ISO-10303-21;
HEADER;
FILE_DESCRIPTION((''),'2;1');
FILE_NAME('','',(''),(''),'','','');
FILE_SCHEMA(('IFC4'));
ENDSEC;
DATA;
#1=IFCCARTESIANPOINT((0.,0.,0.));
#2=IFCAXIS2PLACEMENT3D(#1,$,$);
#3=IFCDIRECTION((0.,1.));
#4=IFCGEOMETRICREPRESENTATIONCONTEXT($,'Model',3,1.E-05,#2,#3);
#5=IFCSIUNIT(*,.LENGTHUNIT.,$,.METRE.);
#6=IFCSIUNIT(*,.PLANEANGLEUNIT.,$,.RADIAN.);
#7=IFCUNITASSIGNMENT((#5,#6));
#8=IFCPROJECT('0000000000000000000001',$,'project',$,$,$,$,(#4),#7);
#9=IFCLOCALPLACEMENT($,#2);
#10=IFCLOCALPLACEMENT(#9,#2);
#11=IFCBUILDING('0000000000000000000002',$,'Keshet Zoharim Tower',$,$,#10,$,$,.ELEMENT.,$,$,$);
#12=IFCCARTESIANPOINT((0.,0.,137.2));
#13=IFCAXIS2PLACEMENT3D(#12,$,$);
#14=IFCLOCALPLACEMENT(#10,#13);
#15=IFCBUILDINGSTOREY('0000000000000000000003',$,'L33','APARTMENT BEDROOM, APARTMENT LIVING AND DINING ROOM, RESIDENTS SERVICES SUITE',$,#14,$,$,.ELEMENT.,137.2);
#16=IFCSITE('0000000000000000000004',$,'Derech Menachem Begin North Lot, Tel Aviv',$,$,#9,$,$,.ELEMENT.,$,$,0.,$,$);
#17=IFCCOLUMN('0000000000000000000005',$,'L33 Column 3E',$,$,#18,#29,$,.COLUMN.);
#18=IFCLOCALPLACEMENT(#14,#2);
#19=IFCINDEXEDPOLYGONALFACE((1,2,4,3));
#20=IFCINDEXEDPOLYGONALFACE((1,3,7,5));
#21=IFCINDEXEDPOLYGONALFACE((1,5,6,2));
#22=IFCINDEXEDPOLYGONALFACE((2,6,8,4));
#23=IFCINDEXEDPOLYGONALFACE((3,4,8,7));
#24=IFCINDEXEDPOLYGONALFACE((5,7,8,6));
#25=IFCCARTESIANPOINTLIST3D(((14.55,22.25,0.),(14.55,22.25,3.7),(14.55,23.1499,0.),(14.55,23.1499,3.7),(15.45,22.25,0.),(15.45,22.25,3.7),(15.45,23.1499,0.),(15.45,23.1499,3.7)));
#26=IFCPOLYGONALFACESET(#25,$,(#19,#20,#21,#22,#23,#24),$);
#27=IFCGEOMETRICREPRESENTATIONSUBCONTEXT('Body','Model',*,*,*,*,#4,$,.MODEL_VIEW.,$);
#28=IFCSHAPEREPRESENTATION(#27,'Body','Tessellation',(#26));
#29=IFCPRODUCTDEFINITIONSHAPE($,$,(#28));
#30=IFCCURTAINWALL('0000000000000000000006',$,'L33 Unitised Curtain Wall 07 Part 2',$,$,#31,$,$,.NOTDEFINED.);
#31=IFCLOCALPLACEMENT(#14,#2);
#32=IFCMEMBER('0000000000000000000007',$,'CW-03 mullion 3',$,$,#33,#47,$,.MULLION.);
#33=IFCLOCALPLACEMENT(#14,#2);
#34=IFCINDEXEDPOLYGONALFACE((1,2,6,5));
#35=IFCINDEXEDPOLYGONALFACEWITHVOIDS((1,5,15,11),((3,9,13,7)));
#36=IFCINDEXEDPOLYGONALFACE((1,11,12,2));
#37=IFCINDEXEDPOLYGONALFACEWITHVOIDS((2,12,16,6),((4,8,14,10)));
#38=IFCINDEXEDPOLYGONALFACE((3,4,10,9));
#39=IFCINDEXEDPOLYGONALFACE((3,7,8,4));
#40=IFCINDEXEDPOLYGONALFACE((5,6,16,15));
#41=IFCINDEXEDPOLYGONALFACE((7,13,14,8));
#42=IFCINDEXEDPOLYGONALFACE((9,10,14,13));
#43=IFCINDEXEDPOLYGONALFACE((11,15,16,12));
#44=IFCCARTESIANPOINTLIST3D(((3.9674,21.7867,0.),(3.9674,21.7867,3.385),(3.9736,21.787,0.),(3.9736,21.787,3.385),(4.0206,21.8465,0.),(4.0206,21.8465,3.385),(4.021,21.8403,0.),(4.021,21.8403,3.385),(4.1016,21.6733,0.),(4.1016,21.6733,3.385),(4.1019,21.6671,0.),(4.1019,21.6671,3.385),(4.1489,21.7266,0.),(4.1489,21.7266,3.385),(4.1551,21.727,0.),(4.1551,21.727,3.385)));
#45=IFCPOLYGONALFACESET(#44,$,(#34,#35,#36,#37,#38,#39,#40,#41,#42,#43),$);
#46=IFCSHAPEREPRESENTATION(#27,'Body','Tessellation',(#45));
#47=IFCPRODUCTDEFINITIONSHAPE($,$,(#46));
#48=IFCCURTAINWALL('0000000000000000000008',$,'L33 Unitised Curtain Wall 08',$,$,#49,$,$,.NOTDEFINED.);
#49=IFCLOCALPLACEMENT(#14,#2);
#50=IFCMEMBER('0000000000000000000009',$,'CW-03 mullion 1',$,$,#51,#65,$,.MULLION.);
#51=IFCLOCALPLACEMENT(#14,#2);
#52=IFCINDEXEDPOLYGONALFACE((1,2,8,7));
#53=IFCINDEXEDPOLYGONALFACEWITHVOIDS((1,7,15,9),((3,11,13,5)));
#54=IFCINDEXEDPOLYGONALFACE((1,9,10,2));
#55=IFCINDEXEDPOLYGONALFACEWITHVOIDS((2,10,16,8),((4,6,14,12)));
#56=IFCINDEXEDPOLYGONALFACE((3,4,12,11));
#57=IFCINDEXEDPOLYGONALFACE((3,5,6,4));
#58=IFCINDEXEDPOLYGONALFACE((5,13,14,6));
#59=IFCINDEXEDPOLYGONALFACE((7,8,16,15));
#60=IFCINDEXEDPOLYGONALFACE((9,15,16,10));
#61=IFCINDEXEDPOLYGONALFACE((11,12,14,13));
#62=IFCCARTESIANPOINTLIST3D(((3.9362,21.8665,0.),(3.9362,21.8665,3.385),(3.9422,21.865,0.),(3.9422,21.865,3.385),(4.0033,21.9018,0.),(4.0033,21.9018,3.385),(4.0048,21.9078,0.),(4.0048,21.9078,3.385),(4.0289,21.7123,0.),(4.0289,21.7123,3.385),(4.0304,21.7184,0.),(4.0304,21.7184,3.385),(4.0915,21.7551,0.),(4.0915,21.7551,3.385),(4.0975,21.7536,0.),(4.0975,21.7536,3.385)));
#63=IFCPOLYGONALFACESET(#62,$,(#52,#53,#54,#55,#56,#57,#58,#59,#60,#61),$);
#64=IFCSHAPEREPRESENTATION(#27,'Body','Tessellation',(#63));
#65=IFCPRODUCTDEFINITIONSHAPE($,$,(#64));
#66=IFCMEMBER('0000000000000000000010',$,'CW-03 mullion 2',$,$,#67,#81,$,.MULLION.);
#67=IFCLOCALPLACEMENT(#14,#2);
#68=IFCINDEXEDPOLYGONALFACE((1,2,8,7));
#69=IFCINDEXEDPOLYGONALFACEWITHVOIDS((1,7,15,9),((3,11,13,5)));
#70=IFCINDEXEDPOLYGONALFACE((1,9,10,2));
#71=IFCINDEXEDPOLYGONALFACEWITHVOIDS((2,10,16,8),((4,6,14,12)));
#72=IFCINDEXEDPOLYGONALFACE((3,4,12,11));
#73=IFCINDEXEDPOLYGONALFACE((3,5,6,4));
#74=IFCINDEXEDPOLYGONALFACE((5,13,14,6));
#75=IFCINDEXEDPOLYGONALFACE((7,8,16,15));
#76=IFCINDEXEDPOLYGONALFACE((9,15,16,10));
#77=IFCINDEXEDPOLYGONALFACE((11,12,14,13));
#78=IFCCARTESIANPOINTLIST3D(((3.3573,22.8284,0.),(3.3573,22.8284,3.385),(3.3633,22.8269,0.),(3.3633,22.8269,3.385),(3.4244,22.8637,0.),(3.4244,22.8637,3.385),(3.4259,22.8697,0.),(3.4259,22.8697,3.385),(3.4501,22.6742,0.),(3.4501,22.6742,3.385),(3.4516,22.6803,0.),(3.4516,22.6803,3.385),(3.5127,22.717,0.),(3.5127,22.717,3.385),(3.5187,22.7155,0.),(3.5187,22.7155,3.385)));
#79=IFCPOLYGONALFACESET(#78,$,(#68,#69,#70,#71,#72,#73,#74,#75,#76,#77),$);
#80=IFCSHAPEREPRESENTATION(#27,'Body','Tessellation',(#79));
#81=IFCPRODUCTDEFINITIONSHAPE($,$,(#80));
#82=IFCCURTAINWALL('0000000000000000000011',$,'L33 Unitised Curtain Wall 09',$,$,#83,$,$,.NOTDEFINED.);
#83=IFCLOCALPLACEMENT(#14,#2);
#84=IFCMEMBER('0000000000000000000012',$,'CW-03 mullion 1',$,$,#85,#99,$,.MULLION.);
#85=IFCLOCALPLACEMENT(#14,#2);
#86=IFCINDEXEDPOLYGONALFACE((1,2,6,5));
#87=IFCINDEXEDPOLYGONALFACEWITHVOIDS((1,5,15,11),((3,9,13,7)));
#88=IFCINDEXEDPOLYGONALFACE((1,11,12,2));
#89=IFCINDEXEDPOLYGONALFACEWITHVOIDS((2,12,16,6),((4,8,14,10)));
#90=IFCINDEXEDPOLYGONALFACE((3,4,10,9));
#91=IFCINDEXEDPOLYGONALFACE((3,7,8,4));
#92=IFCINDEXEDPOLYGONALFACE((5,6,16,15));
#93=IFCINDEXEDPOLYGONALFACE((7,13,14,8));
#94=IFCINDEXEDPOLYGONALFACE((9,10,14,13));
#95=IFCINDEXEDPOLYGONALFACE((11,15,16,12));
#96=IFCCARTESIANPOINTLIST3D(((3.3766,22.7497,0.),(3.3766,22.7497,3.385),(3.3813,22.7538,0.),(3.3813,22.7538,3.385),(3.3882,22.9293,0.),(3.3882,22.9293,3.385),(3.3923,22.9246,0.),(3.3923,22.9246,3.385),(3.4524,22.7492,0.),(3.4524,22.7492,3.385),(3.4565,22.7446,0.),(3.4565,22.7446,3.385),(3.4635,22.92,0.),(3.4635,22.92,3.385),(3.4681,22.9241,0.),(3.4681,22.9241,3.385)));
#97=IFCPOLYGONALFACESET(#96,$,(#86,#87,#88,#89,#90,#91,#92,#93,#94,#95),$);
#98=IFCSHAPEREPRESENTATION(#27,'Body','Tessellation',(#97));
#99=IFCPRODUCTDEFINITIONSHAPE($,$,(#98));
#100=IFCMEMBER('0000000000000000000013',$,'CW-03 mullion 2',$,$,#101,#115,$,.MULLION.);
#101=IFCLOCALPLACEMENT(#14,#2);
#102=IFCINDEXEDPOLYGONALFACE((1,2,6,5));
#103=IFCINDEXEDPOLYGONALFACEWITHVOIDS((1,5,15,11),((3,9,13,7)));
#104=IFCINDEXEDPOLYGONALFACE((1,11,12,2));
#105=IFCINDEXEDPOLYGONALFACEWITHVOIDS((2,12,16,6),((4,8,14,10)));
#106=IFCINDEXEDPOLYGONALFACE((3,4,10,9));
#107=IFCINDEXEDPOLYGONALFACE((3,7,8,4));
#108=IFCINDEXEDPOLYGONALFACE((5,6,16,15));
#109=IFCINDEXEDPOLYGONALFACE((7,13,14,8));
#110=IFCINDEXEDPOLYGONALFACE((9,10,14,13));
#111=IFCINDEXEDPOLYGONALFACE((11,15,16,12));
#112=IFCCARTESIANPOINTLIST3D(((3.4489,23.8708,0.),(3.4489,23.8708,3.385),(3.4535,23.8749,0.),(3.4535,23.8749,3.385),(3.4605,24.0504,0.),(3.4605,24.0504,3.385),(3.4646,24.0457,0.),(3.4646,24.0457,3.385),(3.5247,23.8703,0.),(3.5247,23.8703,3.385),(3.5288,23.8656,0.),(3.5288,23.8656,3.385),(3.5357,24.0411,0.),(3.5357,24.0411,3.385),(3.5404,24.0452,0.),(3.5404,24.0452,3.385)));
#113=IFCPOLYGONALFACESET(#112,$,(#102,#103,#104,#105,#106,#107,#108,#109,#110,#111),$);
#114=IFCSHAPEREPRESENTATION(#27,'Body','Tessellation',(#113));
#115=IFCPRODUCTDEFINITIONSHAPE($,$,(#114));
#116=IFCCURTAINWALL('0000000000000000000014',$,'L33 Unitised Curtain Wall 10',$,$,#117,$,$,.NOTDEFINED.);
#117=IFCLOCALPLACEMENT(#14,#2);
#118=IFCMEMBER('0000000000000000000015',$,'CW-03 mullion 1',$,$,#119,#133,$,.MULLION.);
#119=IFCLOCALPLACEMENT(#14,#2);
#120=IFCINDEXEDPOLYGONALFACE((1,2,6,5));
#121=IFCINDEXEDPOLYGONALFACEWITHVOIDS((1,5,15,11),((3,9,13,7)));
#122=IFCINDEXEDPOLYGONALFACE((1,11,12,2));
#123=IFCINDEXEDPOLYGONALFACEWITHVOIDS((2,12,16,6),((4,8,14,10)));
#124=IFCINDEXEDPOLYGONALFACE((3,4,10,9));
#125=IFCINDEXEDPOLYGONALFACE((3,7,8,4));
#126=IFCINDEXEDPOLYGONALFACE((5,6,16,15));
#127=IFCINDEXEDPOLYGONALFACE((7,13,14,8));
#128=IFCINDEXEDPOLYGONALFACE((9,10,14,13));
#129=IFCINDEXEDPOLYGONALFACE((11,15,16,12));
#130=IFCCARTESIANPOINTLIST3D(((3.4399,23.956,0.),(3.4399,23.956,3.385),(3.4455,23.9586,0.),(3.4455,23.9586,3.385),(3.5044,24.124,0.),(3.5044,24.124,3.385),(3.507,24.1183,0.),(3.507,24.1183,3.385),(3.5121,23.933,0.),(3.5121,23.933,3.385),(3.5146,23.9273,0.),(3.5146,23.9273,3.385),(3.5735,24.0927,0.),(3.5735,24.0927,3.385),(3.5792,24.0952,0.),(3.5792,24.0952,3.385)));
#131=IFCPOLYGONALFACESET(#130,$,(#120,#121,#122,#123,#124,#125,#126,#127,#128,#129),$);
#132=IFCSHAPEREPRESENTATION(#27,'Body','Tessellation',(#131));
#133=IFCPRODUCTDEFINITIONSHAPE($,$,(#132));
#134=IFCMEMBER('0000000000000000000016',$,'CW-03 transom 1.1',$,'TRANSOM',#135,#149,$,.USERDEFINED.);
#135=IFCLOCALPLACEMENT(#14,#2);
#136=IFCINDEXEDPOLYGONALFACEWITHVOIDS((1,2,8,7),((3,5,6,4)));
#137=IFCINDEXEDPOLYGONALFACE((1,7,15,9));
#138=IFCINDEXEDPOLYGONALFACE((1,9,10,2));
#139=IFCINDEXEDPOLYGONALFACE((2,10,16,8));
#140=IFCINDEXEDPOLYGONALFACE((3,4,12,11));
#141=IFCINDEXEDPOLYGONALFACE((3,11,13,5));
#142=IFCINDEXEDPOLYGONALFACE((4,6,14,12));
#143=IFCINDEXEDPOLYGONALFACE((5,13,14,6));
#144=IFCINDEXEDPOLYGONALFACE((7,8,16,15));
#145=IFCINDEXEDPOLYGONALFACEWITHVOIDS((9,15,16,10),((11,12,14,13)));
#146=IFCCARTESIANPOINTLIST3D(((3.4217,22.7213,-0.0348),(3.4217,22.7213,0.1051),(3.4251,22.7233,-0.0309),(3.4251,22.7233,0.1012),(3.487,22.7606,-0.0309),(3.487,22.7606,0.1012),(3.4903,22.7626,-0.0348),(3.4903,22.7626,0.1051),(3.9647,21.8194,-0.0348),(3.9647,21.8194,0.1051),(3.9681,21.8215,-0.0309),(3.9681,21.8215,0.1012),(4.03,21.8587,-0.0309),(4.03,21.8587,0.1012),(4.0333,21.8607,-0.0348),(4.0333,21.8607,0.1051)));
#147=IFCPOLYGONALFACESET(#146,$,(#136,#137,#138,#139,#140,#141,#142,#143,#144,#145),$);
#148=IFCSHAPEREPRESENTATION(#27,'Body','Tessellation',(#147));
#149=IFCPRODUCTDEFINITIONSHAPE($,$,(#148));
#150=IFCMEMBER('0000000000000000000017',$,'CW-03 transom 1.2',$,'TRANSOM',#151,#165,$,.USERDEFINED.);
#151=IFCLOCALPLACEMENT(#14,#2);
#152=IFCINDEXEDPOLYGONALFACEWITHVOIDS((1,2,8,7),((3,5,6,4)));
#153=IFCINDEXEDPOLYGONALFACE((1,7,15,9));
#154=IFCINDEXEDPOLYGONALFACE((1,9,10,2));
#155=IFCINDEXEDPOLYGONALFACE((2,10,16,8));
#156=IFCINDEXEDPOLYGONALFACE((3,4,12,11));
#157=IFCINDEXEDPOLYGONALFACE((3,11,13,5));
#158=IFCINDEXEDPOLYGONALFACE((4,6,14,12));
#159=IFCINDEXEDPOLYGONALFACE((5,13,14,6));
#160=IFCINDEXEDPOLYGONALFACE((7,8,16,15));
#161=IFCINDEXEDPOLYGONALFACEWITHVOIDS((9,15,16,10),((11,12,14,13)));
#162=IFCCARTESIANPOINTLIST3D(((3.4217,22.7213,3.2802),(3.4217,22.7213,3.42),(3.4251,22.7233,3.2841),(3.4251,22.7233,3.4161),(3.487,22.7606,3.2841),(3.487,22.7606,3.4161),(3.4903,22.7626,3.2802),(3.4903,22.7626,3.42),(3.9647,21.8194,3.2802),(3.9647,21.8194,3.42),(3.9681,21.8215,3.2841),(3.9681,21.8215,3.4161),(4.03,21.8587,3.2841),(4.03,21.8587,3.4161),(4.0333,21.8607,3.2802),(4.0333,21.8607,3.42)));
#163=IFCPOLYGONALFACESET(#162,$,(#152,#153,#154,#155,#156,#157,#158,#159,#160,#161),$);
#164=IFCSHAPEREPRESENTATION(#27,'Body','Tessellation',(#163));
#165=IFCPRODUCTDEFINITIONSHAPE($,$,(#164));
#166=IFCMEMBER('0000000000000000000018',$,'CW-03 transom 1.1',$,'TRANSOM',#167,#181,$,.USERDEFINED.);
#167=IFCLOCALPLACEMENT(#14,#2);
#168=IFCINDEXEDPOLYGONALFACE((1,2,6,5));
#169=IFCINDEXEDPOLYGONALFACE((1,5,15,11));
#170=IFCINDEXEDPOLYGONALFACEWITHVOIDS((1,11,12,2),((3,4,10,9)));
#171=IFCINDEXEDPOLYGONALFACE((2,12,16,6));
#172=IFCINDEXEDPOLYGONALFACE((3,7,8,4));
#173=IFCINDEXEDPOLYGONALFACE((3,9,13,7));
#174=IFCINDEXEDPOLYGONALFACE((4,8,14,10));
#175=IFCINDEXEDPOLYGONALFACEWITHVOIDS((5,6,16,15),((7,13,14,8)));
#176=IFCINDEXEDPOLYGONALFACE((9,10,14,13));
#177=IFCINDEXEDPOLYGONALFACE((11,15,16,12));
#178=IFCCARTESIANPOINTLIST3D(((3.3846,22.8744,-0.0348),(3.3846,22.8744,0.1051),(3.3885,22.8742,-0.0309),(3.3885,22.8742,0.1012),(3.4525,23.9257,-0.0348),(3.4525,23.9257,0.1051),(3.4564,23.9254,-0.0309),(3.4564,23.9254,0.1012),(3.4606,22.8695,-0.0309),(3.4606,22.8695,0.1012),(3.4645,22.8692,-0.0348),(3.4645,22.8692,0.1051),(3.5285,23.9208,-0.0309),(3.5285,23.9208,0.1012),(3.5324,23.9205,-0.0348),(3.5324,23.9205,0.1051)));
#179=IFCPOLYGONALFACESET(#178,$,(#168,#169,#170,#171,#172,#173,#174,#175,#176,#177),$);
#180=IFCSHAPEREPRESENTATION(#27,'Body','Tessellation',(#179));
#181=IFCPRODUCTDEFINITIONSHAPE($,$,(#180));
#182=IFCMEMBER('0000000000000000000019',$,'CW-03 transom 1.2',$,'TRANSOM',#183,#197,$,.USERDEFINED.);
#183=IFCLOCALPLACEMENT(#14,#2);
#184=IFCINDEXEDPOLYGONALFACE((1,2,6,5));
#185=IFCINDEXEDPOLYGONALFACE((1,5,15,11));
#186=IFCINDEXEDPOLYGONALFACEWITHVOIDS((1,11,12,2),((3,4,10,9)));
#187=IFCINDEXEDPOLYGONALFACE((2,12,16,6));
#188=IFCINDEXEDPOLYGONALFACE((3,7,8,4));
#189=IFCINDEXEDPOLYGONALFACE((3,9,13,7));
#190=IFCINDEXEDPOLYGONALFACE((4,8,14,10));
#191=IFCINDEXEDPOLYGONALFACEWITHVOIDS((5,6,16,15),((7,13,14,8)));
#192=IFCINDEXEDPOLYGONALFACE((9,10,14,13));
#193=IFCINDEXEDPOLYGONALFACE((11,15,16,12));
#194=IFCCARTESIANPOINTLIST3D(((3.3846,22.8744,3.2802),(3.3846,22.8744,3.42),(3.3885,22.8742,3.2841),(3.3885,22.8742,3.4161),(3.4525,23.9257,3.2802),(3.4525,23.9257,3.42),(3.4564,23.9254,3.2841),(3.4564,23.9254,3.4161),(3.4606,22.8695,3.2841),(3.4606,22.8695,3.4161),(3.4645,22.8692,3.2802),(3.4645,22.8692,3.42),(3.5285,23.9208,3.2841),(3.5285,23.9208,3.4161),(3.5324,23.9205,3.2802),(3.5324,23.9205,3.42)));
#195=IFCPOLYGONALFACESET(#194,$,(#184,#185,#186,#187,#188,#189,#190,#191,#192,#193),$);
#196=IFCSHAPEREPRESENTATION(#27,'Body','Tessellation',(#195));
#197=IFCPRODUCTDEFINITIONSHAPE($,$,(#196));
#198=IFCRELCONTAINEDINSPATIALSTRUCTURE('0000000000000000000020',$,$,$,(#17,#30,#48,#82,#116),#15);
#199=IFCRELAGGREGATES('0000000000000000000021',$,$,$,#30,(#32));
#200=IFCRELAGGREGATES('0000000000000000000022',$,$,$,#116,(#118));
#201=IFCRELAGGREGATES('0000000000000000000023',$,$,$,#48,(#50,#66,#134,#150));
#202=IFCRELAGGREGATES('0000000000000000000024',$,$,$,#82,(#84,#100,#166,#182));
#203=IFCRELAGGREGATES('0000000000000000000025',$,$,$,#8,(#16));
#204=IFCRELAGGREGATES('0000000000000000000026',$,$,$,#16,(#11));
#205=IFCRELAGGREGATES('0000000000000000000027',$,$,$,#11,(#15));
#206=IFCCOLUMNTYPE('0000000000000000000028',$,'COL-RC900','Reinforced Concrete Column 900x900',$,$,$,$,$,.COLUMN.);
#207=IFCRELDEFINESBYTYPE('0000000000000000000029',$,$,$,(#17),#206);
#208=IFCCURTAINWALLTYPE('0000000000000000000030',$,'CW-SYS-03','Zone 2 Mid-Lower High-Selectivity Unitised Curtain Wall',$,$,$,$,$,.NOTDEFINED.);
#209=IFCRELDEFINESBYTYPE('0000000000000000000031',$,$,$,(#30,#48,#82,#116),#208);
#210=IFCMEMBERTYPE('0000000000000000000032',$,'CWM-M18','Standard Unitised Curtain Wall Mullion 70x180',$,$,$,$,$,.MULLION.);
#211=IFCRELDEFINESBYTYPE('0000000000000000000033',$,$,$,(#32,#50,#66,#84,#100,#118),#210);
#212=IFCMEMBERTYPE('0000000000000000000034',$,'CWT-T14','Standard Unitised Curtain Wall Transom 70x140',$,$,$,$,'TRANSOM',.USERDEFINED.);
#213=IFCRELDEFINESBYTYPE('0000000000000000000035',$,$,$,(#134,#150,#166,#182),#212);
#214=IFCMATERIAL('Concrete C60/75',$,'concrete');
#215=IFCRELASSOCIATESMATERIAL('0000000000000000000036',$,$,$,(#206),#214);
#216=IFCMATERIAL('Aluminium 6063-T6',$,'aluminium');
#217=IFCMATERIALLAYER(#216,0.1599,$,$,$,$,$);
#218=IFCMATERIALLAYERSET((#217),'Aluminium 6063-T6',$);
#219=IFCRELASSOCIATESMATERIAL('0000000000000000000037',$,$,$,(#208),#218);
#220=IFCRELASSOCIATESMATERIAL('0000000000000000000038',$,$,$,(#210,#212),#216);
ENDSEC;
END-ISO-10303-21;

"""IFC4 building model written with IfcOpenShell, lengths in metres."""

from ifc_helpers import new_model, si_unit, direction, frame, origin, origin_2d, place, context, subcontext, project, spatial, rectangle, hollow_rectangle, extrude, material, layer, layer_set, material_profile, profile_set, type_object, element, aggregate, save


model = new_model("IFC4")

# Units and contexts
model_context = context("Model", 3, precision=1e-05, world=origin(), true_north=direction((0.0, 1.0)))
body_context = subcontext(model_context, "Body", "Model", "MODEL_VIEW")
ifc_project = project(units=[si_unit("LENGTHUNIT", "METRE"), si_unit("PLANEANGLEUNIT", "RADIAN")], contexts=[model_context])

# Site, building, storey
site_placement = place(None, origin())
site = spatial("IfcSite", under=ifc_project, at=site_placement, Name="Derech Menachem Begin North Lot, Tel Aviv", CompositionType="ELEMENT", RefElevation=0.0)
building_placement = place(site_placement, origin())
building = spatial("IfcBuilding", under=site, at=building_placement, Name="Keshet Zoharim Tower", CompositionType="ELEMENT")
storey_placement = place(building_placement, frame((0.0, 0.0, 137.2)))
storey = spatial("IfcBuildingStorey", under=building, at=storey_placement, Name="L33", Description="APARTMENT BEDROOM, APARTMENT LIVING AND DINING ROOM, RESIDENTS SERVICES SUITE", CompositionType="ELEMENT", Elevation=137.2)

# Column
ifc_material_1 = material(Name="Concrete C60/75", Category="concrete")
ifc_material_profile_1 = material_profile(ifc_material_1, rectangle(XDim=0.8999, YDim=0.8999, at=origin_2d()), Name="RC900x900")
ifc_profile_set_1 = profile_set([ifc_material_profile_1], Name="Concrete C60/75")
column_type = type_object("IfcColumnType", Name="COL-RC900", Description="Reinforced Concrete Column 900x900", PredefinedType="COLUMN", material=ifc_profile_set_1)
column_placement = place(storey_placement, frame((15.0, 22.7, 0.0), z_axis=(0.0, 0.0, 1.0), x_axis=(1.0, 0.0, 0.0)))
element("IfcColumn", 1, at=column_placement, inside=storey, type_object=column_type, Name="L33 Column 3E", PredefinedType="COLUMN", context=body_context, shape_type="SweptSolid", body=[
    extrude(rectangle(XDim=0.8999, YDim=0.8999, at=origin_2d()), origin(), (0.0, 0.0, 1.0), 3.7),
])

# Curtain wall, member
ifc_material_2 = material(Name="Aluminium 6063-T6", Category="aluminium")
ifc_layer_1 = layer(ifc_material_2, 0.1599)
ifc_layer_set_1 = layer_set([ifc_layer_1], Name="Aluminium 6063-T6")
curtain_wall_type = type_object("IfcCurtainWallType", Name="CW-SYS-03", Description="Zone 2 Mid-Lower High-Selectivity Unitised Curtain Wall", PredefinedType="NOTDEFINED", material=ifc_layer_set_1)
curtain_wall_1_placement = place(storey_placement, origin())
curtain_wall_1 = element("IfcCurtainWall", 2, at=curtain_wall_1_placement, inside=storey, type_object=curtain_wall_type, Name="L33 Unitised Curtain Wall 07 Part 2", PredefinedType="NOTDEFINED")
ifc_material_profile_2 = material_profile(ifc_material_2, hollow_rectangle(XDim=0.0801, YDim=0.1799, WallThickness=0.0044, at=origin_2d()), Name="MUL-80x180")
ifc_profile_set_2 = profile_set([ifc_material_profile_2], Name="Aluminium 6063-T6")
member_type_1 = type_object("IfcMemberType", Name="CWM-M18", Description="Standard Unitised Curtain Wall Mullion 70x180", PredefinedType="MULLION", material=ifc_profile_set_2)
member_1_placement = place(storey_placement, frame((4.0613, 21.7568, 0.0), z_axis=(0.0, 0.0, 1.0), x_axis=(-0.664364, -0.74741, 0.0)))
member_1 = element("IfcMember", 3, at=member_1_placement, type_object=member_type_1, Name="CW-03 mullion 3", PredefinedType="MULLION", context=body_context, shape_type="SweptSolid", body=[
    extrude(hollow_rectangle(XDim=0.0801, YDim=0.1799, WallThickness=0.0044, at=origin_2d()), origin(), (0.0, 0.0, 1.0), 3.385),
])
aggregate(curtain_wall_1, [member_1])

# Curtain walls, members
curtain_wall_2_placement = place(storey_placement, origin())
curtain_wall_2 = element("IfcCurtainWall", 4, at=curtain_wall_2_placement, inside=storey, type_object=curtain_wall_type, Name="L33 Unitised Curtain Wall 08", PredefinedType="NOTDEFINED")
member_2_placement = place(storey_placement, frame((4.0168, 21.8101, 0.0), z_axis=(0.0, 0.0, 1.0), x_axis=(-0.856826, -0.515605, 0.0)))
member_2 = element("IfcMember", 5, at=member_2_placement, type_object=member_type_1, Name="CW-03 mullion 1", PredefinedType="MULLION", context=body_context, shape_type="SweptSolid", body=[
    extrude(hollow_rectangle(XDim=0.0801, YDim=0.1799, WallThickness=0.0044, at=origin_2d()), origin(), (0.0, 0.0, 1.0), 3.385),
])
member_3_placement = place(storey_placement, frame((3.438, 22.772, 0.0), z_axis=(0.0, 0.0, 1.0), x_axis=(-0.856826, -0.515605, 0.0)))
member_3 = element("IfcMember", 6, at=member_3_placement, type_object=member_type_1, Name="CW-03 mullion 2", PredefinedType="MULLION", context=body_context, shape_type="SweptSolid", body=[
    extrude(hollow_rectangle(XDim=0.0801, YDim=0.1799, WallThickness=0.0044, at=origin_2d()), origin(), (0.0, 0.0, 1.0), 3.385),
])
curtain_wall_3_placement = place(storey_placement, origin())
curtain_wall_3 = element("IfcCurtainWall", 7, at=curtain_wall_3_placement, inside=storey, type_object=curtain_wall_type, Name="L33 Unitised Curtain Wall 09", PredefinedType="NOTDEFINED")
member_4_placement = place(storey_placement, frame((3.4224, 22.8369, 0.0), z_axis=(0.0, 0.0, 1.0), x_axis=(-0.997917, 0.064517, 0.0)))
member_4 = element("IfcMember", 8, at=member_4_placement, type_object=member_type_1, Name="CW-03 mullion 1", PredefinedType="MULLION", context=body_context, shape_type="SweptSolid", body=[
    extrude(hollow_rectangle(XDim=0.0801, YDim=0.1799, WallThickness=0.0044, at=origin_2d()), origin(), (0.0, 0.0, 1.0), 3.385),
])
member_5_placement = place(storey_placement, frame((3.4946, 23.958, 0.0), z_axis=(0.0, 0.0, 1.0), x_axis=(-0.997917, 0.064517, 0.0)))
member_5 = element("IfcMember", 9, at=member_5_placement, type_object=member_type_1, Name="CW-03 mullion 2", PredefinedType="MULLION", context=body_context, shape_type="SweptSolid", body=[
    extrude(hollow_rectangle(XDim=0.0801, YDim=0.1799, WallThickness=0.0044, at=origin_2d()), origin(), (0.0, 0.0, 1.0), 3.385),
])

# Curtain wall, member
curtain_wall_4_placement = place(storey_placement, origin())
curtain_wall_4 = element("IfcCurtainWall", 10, at=curtain_wall_4_placement, inside=storey, type_object=curtain_wall_type, Name="L33 Unitised Curtain Wall 10", PredefinedType="NOTDEFINED")
member_6_placement = place(storey_placement, frame((3.5095, 24.0256, 0.0), z_axis=(0.0, 0.0, 1.0), x_axis=(-0.933341, 0.35899, 0.0)))
member_6 = element("IfcMember", 11, at=member_6_placement, type_object=member_type_1, Name="CW-03 mullion 1", PredefinedType="MULLION", context=body_context, shape_type="SweptSolid", body=[
    extrude(hollow_rectangle(XDim=0.0801, YDim=0.1799, WallThickness=0.0044, at=origin_2d()), origin(), (0.0, 0.0, 1.0), 3.385),
])

# Members
ifc_material_profile_3 = material_profile(ifc_material_2, hollow_rectangle(XDim=0.0801, YDim=0.1399, WallThickness=0.0039, at=origin_2d()), Name="TRN-80x140")
ifc_profile_set_3 = profile_set([ifc_material_profile_3], Name="Aluminium 6063-T6")
member_type_2 = type_object("IfcMemberType", Name="CWT-T14", Description="Standard Unitised Curtain Wall Transom 70x140", ElementType="TRANSOM", PredefinedType="USERDEFINED", material=ifc_profile_set_3)
member_7_placement = place(storey_placement, frame((3.999, 21.8401, 0.0352), z_axis=(-0.515791, 0.856714, 0.0), x_axis=(-0.856714, -0.515791, 0.0)))
member_7 = element("IfcMember", 12, at=member_7_placement, type_object=member_type_2, Name="CW-03 transom 1.1", ObjectType="TRANSOM", PredefinedType="USERDEFINED", context=body_context, shape_type="SweptSolid", body=[
    extrude(hollow_rectangle(XDim=0.0801, YDim=0.1399, WallThickness=0.0039, at=origin_2d()), origin(), (0.0, 0.0, 1.0), 1.0527),
])
member_8_placement = place(storey_placement, frame((3.999, 21.8401, 3.3501), z_axis=(-0.515791, 0.856714, 0.0), x_axis=(-0.856714, -0.515791, 0.0)))
member_8 = element("IfcMember", 13, at=member_8_placement, type_object=member_type_2, Name="CW-03 transom 1.2", ObjectType="TRANSOM", PredefinedType="USERDEFINED", context=body_context, shape_type="SweptSolid", body=[
    extrude(hollow_rectangle(XDim=0.0801, YDim=0.1399, WallThickness=0.0039, at=origin_2d()), origin(), (0.0, 0.0, 1.0), 1.0527),
])
member_9_placement = place(storey_placement, frame((3.4246, 22.8718, 0.0352), z_axis=(0.064427, 0.997922, 0.0), x_axis=(-0.997922, 0.064427, 0.0)))
member_9 = element("IfcMember", 14, at=member_9_placement, type_object=member_type_2, Name="CW-03 transom 1.1", ObjectType="TRANSOM", PredefinedType="USERDEFINED", context=body_context, shape_type="SweptSolid", body=[
    extrude(hollow_rectangle(XDim=0.0801, YDim=0.1399, WallThickness=0.0039, at=origin_2d()), origin(), (0.0, 0.0, 1.0), 1.0535),
])
member_10_placement = place(storey_placement, frame((3.4246, 22.8718, 3.3501), z_axis=(0.064427, 0.997922, 0.0), x_axis=(-0.997922, 0.064427, 0.0)))
member_10 = element("IfcMember", 15, at=member_10_placement, type_object=member_type_2, Name="CW-03 transom 1.2", ObjectType="TRANSOM", PredefinedType="USERDEFINED", context=body_context, shape_type="SweptSolid", body=[
    extrude(hollow_rectangle(XDim=0.0801, YDim=0.1399, WallThickness=0.0039, at=origin_2d()), origin(), (0.0, 0.0, 1.0), 1.0535),
])
aggregate(curtain_wall_4, [member_6])

aggregate(curtain_wall_2, [member_2, member_3, member_7, member_8])
aggregate(curtain_wall_3, [member_4, member_5, member_9, member_10])

save(model, "model.ifc")
